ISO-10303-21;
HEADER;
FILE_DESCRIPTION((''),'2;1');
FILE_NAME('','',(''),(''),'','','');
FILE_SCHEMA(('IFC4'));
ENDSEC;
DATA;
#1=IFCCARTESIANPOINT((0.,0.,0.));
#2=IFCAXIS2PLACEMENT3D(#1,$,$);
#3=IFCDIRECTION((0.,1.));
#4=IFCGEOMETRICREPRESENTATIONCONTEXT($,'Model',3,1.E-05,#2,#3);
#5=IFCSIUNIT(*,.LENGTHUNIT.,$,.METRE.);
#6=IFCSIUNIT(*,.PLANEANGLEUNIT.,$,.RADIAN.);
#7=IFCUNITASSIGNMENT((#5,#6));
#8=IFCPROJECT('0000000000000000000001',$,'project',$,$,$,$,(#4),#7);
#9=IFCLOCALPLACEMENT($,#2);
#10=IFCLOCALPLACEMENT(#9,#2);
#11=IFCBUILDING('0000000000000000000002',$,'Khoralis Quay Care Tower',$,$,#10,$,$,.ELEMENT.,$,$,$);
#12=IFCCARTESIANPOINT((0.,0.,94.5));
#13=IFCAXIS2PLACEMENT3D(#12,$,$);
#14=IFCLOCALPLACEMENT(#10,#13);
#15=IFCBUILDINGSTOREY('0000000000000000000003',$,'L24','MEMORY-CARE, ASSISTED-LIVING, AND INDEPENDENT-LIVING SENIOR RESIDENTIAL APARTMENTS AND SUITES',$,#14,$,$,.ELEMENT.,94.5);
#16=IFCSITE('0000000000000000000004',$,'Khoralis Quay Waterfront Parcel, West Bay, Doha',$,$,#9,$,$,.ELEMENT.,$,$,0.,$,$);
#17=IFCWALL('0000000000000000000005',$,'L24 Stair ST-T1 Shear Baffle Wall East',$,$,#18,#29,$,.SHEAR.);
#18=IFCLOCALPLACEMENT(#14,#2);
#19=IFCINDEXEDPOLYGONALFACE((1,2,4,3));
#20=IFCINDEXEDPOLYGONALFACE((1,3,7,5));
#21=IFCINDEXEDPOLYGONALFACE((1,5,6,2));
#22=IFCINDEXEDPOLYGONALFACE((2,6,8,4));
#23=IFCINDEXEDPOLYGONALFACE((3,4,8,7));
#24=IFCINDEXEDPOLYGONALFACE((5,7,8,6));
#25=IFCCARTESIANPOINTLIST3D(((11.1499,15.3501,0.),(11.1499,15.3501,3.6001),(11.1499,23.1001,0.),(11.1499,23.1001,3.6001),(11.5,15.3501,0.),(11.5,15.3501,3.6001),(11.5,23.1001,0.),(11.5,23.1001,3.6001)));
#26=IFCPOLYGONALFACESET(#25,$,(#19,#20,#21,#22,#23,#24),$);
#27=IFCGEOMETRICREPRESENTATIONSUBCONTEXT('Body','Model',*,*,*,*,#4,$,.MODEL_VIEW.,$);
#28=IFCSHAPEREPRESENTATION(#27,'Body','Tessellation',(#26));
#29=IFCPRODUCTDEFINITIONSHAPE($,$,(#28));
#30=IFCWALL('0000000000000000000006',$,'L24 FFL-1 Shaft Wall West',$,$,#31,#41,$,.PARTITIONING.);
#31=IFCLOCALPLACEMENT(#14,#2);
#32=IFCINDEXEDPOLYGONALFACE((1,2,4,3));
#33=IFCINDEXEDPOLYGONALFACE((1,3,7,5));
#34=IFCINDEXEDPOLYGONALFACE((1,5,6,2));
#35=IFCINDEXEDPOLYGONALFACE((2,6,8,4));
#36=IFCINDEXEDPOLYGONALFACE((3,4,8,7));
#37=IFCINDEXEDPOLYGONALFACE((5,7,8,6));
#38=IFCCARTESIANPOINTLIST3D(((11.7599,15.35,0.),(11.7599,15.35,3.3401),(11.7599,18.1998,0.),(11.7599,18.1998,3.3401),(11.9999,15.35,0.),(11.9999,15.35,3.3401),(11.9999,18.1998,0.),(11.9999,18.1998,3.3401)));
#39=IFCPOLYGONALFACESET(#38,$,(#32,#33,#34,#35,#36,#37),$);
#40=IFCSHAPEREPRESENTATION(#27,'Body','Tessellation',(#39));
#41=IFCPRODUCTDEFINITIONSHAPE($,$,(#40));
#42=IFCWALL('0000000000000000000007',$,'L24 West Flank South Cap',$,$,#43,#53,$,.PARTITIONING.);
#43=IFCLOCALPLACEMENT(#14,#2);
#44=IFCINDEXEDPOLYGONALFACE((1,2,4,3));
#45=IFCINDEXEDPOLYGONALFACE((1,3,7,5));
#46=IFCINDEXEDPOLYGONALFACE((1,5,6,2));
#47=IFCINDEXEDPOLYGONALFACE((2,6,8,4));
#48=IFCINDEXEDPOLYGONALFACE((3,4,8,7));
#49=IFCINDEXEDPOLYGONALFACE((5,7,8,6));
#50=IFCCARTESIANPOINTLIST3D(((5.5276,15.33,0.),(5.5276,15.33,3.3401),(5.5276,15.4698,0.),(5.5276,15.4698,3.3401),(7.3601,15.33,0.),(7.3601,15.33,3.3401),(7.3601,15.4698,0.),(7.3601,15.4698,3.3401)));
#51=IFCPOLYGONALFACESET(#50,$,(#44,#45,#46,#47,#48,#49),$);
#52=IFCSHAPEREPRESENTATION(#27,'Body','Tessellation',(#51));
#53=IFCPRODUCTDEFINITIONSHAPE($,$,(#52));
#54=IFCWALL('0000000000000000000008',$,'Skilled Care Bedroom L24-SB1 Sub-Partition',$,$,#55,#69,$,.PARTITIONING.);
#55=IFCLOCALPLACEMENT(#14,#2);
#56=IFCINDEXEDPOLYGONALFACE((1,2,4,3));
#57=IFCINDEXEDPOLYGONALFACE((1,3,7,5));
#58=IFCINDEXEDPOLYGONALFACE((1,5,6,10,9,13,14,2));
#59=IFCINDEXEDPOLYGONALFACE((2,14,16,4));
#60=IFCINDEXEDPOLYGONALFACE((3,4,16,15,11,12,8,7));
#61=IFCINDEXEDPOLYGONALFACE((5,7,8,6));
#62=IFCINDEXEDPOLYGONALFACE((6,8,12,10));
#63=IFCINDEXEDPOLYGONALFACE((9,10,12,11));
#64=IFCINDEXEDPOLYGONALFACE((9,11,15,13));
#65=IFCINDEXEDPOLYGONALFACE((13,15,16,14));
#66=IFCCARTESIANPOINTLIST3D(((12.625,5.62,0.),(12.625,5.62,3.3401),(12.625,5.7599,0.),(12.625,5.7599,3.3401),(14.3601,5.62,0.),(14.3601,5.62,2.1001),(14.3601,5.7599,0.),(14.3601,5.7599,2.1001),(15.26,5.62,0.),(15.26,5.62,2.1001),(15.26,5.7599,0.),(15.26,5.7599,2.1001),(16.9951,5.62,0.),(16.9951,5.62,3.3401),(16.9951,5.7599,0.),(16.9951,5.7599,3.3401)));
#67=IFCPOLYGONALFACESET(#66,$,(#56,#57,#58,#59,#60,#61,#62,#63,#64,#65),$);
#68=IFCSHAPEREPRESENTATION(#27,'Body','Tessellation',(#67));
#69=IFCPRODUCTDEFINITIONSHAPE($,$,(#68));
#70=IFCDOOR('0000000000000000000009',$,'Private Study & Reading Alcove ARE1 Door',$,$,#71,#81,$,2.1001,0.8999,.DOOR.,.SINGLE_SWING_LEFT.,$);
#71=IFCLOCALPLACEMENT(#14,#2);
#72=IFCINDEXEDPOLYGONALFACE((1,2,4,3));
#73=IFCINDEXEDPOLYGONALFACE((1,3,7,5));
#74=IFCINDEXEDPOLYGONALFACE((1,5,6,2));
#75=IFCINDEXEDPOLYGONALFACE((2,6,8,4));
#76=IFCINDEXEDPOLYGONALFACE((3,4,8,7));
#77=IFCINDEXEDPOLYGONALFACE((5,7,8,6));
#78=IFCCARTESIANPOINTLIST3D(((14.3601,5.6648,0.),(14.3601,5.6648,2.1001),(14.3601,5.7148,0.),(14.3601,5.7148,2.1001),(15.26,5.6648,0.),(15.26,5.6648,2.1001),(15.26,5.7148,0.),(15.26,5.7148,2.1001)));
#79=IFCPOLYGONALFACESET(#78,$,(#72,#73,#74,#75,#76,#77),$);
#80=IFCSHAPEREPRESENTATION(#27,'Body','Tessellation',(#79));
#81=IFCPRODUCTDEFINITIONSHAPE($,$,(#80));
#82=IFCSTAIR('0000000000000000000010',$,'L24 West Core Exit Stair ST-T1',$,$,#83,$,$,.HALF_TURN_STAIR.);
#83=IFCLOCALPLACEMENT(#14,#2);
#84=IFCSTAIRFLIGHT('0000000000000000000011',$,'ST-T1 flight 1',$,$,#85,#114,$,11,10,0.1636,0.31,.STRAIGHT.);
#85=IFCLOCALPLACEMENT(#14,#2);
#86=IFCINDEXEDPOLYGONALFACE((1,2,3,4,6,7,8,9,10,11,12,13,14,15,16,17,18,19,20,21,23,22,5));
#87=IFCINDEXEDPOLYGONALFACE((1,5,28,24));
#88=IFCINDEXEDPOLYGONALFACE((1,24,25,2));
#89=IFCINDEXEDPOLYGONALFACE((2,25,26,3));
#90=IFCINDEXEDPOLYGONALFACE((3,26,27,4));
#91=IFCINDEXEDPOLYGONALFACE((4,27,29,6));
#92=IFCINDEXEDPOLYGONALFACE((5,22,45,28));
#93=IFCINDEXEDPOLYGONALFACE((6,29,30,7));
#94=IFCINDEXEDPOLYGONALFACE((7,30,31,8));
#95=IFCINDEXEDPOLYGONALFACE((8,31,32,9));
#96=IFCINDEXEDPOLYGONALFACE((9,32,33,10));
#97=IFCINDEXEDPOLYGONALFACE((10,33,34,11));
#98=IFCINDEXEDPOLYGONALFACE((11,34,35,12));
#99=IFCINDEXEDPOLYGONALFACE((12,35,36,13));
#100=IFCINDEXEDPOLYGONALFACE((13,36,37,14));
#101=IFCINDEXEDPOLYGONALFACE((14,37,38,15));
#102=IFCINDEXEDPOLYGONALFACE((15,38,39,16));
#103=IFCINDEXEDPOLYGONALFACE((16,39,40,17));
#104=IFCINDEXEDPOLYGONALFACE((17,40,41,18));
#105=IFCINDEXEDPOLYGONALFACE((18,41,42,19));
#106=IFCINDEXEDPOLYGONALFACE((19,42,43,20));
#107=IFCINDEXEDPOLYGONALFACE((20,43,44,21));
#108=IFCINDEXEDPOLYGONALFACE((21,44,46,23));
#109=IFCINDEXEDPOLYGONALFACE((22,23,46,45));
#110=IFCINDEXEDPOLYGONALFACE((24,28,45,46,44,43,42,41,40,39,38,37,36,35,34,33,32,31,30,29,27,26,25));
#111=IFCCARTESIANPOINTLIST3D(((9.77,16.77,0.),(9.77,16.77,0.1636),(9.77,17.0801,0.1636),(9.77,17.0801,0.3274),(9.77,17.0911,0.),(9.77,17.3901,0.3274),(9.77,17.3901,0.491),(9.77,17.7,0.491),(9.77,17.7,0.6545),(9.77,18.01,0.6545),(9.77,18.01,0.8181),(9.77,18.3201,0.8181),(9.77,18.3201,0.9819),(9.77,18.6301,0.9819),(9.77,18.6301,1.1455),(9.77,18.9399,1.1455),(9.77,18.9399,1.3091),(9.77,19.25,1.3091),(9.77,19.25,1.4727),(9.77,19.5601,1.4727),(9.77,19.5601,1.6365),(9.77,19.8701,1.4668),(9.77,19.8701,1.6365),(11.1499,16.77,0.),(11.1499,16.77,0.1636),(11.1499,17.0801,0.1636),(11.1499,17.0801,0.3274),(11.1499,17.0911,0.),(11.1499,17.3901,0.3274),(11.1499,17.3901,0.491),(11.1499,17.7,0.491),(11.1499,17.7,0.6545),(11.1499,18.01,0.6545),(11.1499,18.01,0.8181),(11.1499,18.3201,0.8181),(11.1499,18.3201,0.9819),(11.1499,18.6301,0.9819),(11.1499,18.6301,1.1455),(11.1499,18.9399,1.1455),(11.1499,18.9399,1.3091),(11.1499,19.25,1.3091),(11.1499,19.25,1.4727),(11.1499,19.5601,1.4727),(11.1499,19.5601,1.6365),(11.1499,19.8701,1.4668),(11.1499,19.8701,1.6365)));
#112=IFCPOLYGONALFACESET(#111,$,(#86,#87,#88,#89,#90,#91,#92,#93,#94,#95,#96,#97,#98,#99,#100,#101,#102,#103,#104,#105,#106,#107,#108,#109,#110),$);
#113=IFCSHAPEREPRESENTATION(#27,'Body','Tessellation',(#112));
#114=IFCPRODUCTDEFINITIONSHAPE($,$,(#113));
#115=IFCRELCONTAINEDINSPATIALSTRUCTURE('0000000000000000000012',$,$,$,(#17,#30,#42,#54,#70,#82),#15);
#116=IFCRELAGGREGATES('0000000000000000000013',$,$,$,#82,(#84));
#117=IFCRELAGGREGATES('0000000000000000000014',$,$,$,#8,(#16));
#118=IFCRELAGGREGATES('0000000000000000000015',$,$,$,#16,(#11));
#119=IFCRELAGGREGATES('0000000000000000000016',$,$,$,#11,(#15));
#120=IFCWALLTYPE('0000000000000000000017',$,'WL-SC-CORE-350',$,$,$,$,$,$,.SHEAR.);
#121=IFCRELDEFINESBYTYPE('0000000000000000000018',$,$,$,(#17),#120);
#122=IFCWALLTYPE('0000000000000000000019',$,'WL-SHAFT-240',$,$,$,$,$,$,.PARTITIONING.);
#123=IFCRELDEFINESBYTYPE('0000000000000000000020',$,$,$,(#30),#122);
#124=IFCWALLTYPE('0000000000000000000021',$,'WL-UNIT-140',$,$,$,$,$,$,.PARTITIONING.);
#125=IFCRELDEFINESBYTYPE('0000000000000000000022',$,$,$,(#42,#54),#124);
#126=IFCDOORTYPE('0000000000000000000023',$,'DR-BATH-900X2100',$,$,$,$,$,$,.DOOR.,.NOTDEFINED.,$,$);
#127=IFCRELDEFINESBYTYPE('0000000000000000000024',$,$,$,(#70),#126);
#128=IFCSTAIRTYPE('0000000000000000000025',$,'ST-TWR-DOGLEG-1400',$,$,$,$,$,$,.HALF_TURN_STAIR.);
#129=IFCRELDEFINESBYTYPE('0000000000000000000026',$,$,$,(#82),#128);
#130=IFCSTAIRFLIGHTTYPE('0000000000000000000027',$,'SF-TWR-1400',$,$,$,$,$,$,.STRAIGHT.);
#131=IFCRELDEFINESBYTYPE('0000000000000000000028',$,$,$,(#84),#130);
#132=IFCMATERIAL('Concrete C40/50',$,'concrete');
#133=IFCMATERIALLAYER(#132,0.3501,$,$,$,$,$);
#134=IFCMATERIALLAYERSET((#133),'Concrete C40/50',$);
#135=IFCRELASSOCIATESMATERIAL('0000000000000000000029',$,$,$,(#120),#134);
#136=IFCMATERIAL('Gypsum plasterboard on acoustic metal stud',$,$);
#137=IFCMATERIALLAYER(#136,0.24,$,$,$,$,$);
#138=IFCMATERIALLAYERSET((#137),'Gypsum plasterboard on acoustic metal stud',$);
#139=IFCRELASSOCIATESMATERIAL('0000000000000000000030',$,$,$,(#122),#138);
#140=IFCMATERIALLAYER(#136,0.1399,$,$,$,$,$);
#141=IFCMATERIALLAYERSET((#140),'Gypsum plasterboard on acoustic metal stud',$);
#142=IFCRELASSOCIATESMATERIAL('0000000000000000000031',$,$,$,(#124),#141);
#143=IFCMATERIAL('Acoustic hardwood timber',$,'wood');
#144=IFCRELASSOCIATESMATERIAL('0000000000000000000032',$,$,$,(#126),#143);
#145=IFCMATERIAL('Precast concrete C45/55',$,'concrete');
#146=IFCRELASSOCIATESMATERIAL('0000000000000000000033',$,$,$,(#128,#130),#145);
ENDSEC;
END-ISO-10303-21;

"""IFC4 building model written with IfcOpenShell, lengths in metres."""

from ifc_helpers import new_model, si_unit, direction, frame, frame_2d, origin, place, context, subcontext, project, spatial, polyline, rectangle, outline, extrude, source, transform, mapped, material, layer, layer_set, type_object, element, fill, aggregate, save


model = new_model("IFC4")

# Units and contexts
model_context = context("Model", 3, precision=1e-05, world=origin(), true_north=direction((0.0, 1.0)))
body_context = subcontext(model_context, "Body", "Model", "MODEL_VIEW")
ifc_project = project(units=[si_unit("LENGTHUNIT", "METRE"), si_unit("PLANEANGLEUNIT", "RADIAN")], contexts=[model_context])

# Site, building, storey
site_placement = place(None, origin())
site = spatial("IfcSite", under=ifc_project, at=site_placement, Name="Khoralis Quay Waterfront Parcel, West Bay, Doha", CompositionType="ELEMENT", RefElevation=0.0)
building_placement = place(site_placement, origin())
building = spatial("IfcBuilding", under=site, at=building_placement, Name="Khoralis Quay Care Tower", CompositionType="ELEMENT")
storey_placement = place(building_placement, frame((0.0, 0.0, 94.5)))
storey = spatial("IfcBuildingStorey", under=building, at=storey_placement, Name="L24", Description="MEMORY-CARE, ASSISTED-LIVING, AND INDEPENDENT-LIVING SENIOR RESIDENTIAL APARTMENTS AND SUITES", CompositionType="ELEMENT", Elevation=94.5)

# Shared definitions
ifc_material_1 = material(Name="Gypsum plasterboard on acoustic metal stud")

# Shared definitions
ifc_material_2 = material(Name="Acoustic hardwood timber", Category="wood")

# Walls
ifc_material_3 = material(Name="Concrete C40/50", Category="concrete")
ifc_layer_1 = layer(ifc_material_3, 0.3501)
ifc_layer_set_1 = layer_set([ifc_layer_1], Name="Concrete C40/50")
wall_type_1 = type_object("IfcWallType", Name="WL-SC-CORE-350", PredefinedType="SHEAR", material=ifc_layer_set_1)
wall_1_placement = place(storey_placement, frame((11.325, 15.3501, 0.0), z_axis=(0.0, 0.0, 1.0), x_axis=(0.0, 1.0, 0.0)))
element("IfcWall", 1, at=wall_1_placement, inside=storey, type_object=wall_type_1, Name="L24 Stair ST-T1 Shear Baffle Wall East", PredefinedType="SHEAR", context=body_context, shape_type="SweptSolid", body=[
    extrude(rectangle(XDim=7.75, YDim=0.3501, at=frame_2d((3.875, 0.0))), origin(), (0.0, 0.0, 1.0), 3.6001),
])
ifc_layer_2 = layer(ifc_material_1, 0.24)
ifc_layer_set_2 = layer_set([ifc_layer_2], Name="Gypsum plasterboard on acoustic metal stud")
wall_type_2 = type_object("IfcWallType", Name="WL-SHAFT-240", PredefinedType="PARTITIONING", material=ifc_layer_set_2)
wall_2_placement = place(storey_placement, frame((11.8799, 15.3501, 0.0), z_axis=(0.0, 0.0, 1.0), x_axis=(0.0, 1.0, 0.0)))
element("IfcWall", 2, at=wall_2_placement, inside=storey, type_object=wall_type_2, Name="L24 FFL-1 Shaft Wall West", PredefinedType="PARTITIONING", context=body_context, shape_type="SweptSolid", body=[
    extrude(rectangle(XDim=2.8499, YDim=0.24, at=frame_2d((1.4248, 0.0))), origin(), (0.0, 0.0, 1.0), 3.3401),
])
ifc_layer_3 = layer(ifc_material_1, 0.1399)
ifc_layer_set_3 = layer_set([ifc_layer_3], Name="Gypsum plasterboard on acoustic metal stud")
wall_type_3 = type_object("IfcWallType", Name="WL-UNIT-140", PredefinedType="PARTITIONING", material=ifc_layer_set_3)
wall_3_placement = place(storey_placement, frame((5.5276, 15.3999, 0.0), z_axis=(0.0, 0.0, 1.0), x_axis=(1.0, 0.0, 0.0)))
element("IfcWall", 3, at=wall_3_placement, inside=storey, type_object=wall_type_3, Name="L24 West Flank South Cap", PredefinedType="PARTITIONING", context=body_context, shape_type="SweptSolid", body=[
    extrude(rectangle(XDim=1.8325, YDim=0.1399, at=frame_2d((0.9163, 0.0))), origin(), (0.0, 0.0, 1.0), 3.3401),
])

# Wall, opening, door
wall_4_placement = place(storey_placement, frame((12.625, 5.6899, 0.0), z_axis=(0.0, 0.0, 1.0), x_axis=(1.0, 0.0, 0.0)))
wall_4 = element("IfcWall", 4, at=wall_4_placement, inside=storey, type_object=wall_type_3, Name="Skilled Care Bedroom L24-SB1 Sub-Partition", PredefinedType="PARTITIONING", context=body_context, shape_type="SweptSolid", body=[
    extrude(rectangle(XDim=4.3701, YDim=0.1399, at=frame_2d((2.1851, 0.0))), origin(), (0.0, 0.0, 1.0), 3.3401),
])
opening_1_placement = place(wall_4_placement, frame((1.7351, 0.0, 0.0)))
opening_1 = element("IfcOpeningElement", 5, at=opening_1_placement, cuts=wall_4, PredefinedType="OPENING", context=body_context, shape_type="SweptSolid", body=[
    extrude(rectangle(XDim=0.8999, YDim=2.1001, at=frame_2d((0.45, 1.05))), frame((0.0, 0.0801, 0.0), z_axis=(0.0, -1.0, 0.0), x_axis=(1.0, 0.0, 0.0)), (0.0, 0.0, 1.0), 0.1599),
])
door_type_1 = type_object("IfcDoorType", Name="DR-BATH-900X2100", OperationType="NOTDEFINED", PredefinedType="DOOR", material=ifc_material_2)
shared_shape_1 = source(origin(), body_context, "Body", "SweptSolid", [
    extrude(rectangle(XDim=0.8999, YDim=2.1001, at=frame_2d((0.45, 1.05))), frame((0.0, 0.0249, 0.0), z_axis=(0.0, -1.0, 0.0), x_axis=(1.0, 0.0, 0.0)), (0.0, 0.0, 1.0), 0.05),
])
door_1_placement = place(opening_1_placement, origin())
door_1 = element("IfcDoor", 6, at=door_1_placement, inside=storey, type_object=door_type_1, Name="Private Study & Reading Alcove ARE1 Door", OperationType="SINGLE_SWING_LEFT", OverallHeight=2.1001, OverallWidth=0.8999, PredefinedType="DOOR", context=body_context, shape_type="MappedRepresentation", body=[
    mapped(shared_shape_1, transform((0.0, 0.0, 0.0), scale=1.0)),
])
fill(opening_1, door_1)

# Stair, stair flight
ifc_material_4 = material(Name="Precast concrete C45/55", Category="concrete")
stair_type = type_object("IfcStairType", Name="ST-TWR-DOGLEG-1400", PredefinedType="HALF_TURN_STAIR", material=ifc_material_4)
stair_placement = place(storey_placement, origin())
stair = element("IfcStair", 7, at=stair_placement, inside=storey, type_object=stair_type, Name="L24 West Core Exit Stair ST-T1", PredefinedType="HALF_TURN_STAIR")
stair_flight_type = type_object("IfcStairFlightType", Name="SF-TWR-1400", PredefinedType="STRAIGHT", material=ifc_material_4)
shared_shape_2 = source(origin(), body_context, "Body", "SweptSolid", [
    extrude(outline(polyline([(0.0, 0.0), (0.0, 0.1636), (0.3101, 0.1636), (0.3101, 0.3274), (0.6201, 0.3274), (0.6201, 0.491), (0.9299, 0.491), (0.9299, 0.6545), (1.24, 0.6545), (1.24, 0.8181), (1.55, 0.8181), (1.55, 0.9819), (1.8601, 0.9819), (1.8601, 1.1455), (2.1699, 1.1455), (2.1699, 1.3091), (2.48, 1.3091), (2.48, 1.4727), (2.79, 1.4727), (2.79, 1.6365), (3.1001, 1.6365), (3.1001, 1.8), (3.1001, 1.4668), (0.321, 0.0), (0.0, 0.0)])), frame((0.0, 0.6899, 0.0), z_axis=(0.0, -1.0, 0.0), x_axis=(1.0, 0.0, 0.0)), (0.0, 0.0, 1.0), 1.3799),
])
stair_flight_placement = place(storey_placement, frame((10.46, 16.77, 0.0), z_axis=(0.0, 0.0, 1.0), x_axis=(0.0, 1.0, 0.0)))
stair_flight = element("IfcStairFlight", 8, at=stair_flight_placement, type_object=stair_flight_type, Name="ST-T1 flight 1", NumberOfRisers=11, NumberOfTreads=10, PredefinedType="STRAIGHT", RiserHeight=0.1636, TreadLength=0.31, context=body_context, shape_type="MappedRepresentation", body=[
    mapped(shared_shape_2, transform((0.0, 0.0, 0.0), scale=1.0)),
])
aggregate(stair, [stair_flight])

save(model, "model.ifc")
